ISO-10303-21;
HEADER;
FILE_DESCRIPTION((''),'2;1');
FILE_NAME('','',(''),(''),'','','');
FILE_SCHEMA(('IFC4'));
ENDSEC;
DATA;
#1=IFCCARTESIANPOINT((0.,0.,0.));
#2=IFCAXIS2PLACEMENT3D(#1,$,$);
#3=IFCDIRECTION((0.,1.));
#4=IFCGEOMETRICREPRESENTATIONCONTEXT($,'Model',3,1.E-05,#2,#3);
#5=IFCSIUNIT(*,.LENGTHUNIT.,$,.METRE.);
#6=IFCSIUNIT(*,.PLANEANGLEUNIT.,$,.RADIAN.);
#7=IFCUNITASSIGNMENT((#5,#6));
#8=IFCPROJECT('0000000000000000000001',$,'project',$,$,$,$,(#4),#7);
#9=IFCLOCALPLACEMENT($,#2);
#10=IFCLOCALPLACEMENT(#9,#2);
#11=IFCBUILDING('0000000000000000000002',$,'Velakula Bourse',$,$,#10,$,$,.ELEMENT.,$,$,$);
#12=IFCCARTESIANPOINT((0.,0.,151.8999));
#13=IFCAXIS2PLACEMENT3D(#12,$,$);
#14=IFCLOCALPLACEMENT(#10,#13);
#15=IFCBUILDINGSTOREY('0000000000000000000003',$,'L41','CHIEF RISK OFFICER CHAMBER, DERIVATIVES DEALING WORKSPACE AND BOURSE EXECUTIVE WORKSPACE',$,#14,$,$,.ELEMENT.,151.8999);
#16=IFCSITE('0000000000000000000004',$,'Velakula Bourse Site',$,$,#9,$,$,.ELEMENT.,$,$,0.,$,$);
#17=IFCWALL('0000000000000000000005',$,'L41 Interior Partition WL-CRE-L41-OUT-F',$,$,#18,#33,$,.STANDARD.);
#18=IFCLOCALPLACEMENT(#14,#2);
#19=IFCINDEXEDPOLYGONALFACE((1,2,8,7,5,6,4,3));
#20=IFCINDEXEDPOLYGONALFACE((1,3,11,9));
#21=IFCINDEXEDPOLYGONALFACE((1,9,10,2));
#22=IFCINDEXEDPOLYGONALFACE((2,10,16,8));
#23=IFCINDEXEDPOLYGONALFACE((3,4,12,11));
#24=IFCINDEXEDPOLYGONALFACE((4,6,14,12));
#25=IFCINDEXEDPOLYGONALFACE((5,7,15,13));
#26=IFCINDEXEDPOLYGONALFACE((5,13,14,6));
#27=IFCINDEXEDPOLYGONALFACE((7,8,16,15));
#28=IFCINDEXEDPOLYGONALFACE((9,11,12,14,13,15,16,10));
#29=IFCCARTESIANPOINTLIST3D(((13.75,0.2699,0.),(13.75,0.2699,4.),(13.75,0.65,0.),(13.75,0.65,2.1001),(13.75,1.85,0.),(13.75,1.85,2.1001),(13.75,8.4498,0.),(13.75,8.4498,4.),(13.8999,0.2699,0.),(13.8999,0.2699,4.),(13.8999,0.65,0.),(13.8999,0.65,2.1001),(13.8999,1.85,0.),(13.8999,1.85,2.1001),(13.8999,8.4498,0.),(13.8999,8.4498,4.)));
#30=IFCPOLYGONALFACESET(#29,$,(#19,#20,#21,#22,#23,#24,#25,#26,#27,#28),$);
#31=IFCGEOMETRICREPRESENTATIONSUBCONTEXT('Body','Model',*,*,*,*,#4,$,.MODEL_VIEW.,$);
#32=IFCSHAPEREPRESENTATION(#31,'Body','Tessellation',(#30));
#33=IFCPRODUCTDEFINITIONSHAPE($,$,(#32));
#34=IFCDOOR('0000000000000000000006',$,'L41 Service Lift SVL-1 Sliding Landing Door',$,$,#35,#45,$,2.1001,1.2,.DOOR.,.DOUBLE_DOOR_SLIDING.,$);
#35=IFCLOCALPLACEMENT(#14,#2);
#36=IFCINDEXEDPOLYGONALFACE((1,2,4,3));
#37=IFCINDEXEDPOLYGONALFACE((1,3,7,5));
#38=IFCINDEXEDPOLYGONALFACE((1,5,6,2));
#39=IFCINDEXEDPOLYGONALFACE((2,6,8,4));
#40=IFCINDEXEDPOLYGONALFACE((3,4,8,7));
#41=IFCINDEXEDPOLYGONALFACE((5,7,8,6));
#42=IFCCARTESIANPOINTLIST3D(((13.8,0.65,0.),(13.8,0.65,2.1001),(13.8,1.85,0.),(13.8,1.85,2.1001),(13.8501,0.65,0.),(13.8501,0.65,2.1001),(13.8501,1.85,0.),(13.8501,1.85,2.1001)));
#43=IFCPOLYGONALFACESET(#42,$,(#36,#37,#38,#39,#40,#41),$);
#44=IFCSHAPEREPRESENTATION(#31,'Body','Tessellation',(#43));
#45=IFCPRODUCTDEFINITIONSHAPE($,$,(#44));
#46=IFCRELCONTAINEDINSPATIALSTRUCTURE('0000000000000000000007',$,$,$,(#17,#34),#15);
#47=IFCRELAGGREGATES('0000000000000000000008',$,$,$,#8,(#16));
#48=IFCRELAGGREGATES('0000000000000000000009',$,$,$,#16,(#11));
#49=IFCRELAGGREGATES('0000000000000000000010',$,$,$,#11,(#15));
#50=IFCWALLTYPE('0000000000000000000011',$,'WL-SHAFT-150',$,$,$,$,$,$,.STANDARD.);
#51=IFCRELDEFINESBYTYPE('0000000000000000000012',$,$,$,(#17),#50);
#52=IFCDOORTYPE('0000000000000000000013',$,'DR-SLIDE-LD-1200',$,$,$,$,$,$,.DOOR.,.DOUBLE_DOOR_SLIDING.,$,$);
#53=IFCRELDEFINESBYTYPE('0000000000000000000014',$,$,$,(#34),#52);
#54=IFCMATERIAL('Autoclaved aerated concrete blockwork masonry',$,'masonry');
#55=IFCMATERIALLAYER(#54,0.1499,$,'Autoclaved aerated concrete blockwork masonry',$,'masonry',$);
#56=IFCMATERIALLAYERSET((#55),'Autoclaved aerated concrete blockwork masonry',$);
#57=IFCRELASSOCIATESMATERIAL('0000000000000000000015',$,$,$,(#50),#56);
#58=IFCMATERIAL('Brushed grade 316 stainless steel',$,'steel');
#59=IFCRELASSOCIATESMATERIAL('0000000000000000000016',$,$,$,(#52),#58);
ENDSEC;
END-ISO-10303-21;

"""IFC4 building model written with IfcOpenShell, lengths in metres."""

from ifc_helpers import new_model, si_unit, direction, frame, frame_2d, origin, place, context, subcontext, project, spatial, rectangle, extrude, material, layer, layer_set, type_object, element, fill, save


model = new_model("IFC4")

# Units and contexts
model_context = context("Model", 3, precision=1e-05, world=origin(), true_north=direction((0.0, 1.0)))
body_context = subcontext(model_context, "Body", "Model", "MODEL_VIEW")
ifc_project = project(units=[si_unit("LENGTHUNIT", "METRE"), si_unit("PLANEANGLEUNIT", "RADIAN")], contexts=[model_context])

# Site, building, storey
site_placement = place(None, origin())
site = spatial("IfcSite", under=ifc_project, at=site_placement, Name="Velakula Bourse Site", CompositionType="ELEMENT", RefElevation=0.0)
building_placement = place(site_placement, origin())
building = spatial("IfcBuilding", under=site, at=building_placement, Name="Velakula Bourse", CompositionType="ELEMENT")
storey_placement = place(building_placement, frame((0.0, 0.0, 151.8999)))
storey = spatial("IfcBuildingStorey", under=building, at=storey_placement, Name="L41", Description="CHIEF RISK OFFICER CHAMBER, DERIVATIVES DEALING WORKSPACE AND BOURSE EXECUTIVE WORKSPACE", CompositionType="ELEMENT", Elevation=151.8999)

# Shared definitions
ifc_material_1 = material(Name="Autoclaved aerated concrete blockwork masonry", Category="masonry")
ifc_layer_1 = layer(ifc_material_1, 0.1499, Name="Autoclaved aerated concrete blockwork masonry", Category="masonry")
ifc_layer_set_1 = layer_set([ifc_layer_1], Name="Autoclaved aerated concrete blockwork masonry")
wall_type_1 = type_object("IfcWallType", Name="WL-SHAFT-150", PredefinedType="STANDARD", material=ifc_layer_set_1)

# Shared definitions
ifc_material_2 = material(Name="Brushed grade 316 stainless steel", Category="steel")

# Wall, opening, door
wall_1_placement = place(storey_placement, frame((13.825, 0.27, 0.0), z_axis=(0.0, 0.0, 1.0), x_axis=(0.0, 1.0, 0.0)))
wall_1 = element("IfcWall", 1, at=wall_1_placement, inside=storey, type_object=wall_type_1, Name="L41 Interior Partition WL-CRE-L41-OUT-F", PredefinedType="STANDARD", context=body_context, shape_type="SweptSolid", body=[
    extrude(rectangle(XDim=8.1799, YDim=0.1499, at=frame_2d((4.0898, 0.0))), origin(), (0.0, 0.0, 1.0), 4.0),
])
opening_1_placement = place(wall_1_placement, frame((0.3799, 0.0, 0.0)))
opening_1 = element("IfcOpeningElement", 2, at=opening_1_placement, cuts=wall_1, PredefinedType="OPENING", context=body_context, shape_type="SweptSolid", body=[
    extrude(rectangle(XDim=1.2, YDim=2.1001, at=frame_2d((0.6001, 1.05))), frame((0.0, 0.085, 0.0), z_axis=(0.0, -1.0, 0.0), x_axis=(1.0, 0.0, 0.0)), (0.0, 0.0, 1.0), 0.1699),
])
door_type_1 = type_object("IfcDoorType", Name="DR-SLIDE-LD-1200", OperationType="DOUBLE_DOOR_SLIDING", PredefinedType="DOOR", material=ifc_material_2)
door_1_placement = place(opening_1_placement, origin())
door_1 = element("IfcDoor", 3, at=door_1_placement, inside=storey, type_object=door_type_1, Name="L41 Service Lift SVL-1 Sliding Landing Door", OperationType="DOUBLE_DOOR_SLIDING", OverallHeight=2.1001, OverallWidth=1.2, PredefinedType="DOOR", context=body_context, shape_type="SweptSolid", body=[
    extrude(rectangle(XDim=1.2, YDim=2.1001, at=frame_2d((0.6001, 1.05))), frame((0.0, 0.0249, 0.0), z_axis=(0.0, -1.0, 0.0), x_axis=(1.0, 0.0, 0.0)), (0.0, 0.0, 1.0), 0.05),
])
fill(opening_1, door_1)

save(model, "model.ifc")
